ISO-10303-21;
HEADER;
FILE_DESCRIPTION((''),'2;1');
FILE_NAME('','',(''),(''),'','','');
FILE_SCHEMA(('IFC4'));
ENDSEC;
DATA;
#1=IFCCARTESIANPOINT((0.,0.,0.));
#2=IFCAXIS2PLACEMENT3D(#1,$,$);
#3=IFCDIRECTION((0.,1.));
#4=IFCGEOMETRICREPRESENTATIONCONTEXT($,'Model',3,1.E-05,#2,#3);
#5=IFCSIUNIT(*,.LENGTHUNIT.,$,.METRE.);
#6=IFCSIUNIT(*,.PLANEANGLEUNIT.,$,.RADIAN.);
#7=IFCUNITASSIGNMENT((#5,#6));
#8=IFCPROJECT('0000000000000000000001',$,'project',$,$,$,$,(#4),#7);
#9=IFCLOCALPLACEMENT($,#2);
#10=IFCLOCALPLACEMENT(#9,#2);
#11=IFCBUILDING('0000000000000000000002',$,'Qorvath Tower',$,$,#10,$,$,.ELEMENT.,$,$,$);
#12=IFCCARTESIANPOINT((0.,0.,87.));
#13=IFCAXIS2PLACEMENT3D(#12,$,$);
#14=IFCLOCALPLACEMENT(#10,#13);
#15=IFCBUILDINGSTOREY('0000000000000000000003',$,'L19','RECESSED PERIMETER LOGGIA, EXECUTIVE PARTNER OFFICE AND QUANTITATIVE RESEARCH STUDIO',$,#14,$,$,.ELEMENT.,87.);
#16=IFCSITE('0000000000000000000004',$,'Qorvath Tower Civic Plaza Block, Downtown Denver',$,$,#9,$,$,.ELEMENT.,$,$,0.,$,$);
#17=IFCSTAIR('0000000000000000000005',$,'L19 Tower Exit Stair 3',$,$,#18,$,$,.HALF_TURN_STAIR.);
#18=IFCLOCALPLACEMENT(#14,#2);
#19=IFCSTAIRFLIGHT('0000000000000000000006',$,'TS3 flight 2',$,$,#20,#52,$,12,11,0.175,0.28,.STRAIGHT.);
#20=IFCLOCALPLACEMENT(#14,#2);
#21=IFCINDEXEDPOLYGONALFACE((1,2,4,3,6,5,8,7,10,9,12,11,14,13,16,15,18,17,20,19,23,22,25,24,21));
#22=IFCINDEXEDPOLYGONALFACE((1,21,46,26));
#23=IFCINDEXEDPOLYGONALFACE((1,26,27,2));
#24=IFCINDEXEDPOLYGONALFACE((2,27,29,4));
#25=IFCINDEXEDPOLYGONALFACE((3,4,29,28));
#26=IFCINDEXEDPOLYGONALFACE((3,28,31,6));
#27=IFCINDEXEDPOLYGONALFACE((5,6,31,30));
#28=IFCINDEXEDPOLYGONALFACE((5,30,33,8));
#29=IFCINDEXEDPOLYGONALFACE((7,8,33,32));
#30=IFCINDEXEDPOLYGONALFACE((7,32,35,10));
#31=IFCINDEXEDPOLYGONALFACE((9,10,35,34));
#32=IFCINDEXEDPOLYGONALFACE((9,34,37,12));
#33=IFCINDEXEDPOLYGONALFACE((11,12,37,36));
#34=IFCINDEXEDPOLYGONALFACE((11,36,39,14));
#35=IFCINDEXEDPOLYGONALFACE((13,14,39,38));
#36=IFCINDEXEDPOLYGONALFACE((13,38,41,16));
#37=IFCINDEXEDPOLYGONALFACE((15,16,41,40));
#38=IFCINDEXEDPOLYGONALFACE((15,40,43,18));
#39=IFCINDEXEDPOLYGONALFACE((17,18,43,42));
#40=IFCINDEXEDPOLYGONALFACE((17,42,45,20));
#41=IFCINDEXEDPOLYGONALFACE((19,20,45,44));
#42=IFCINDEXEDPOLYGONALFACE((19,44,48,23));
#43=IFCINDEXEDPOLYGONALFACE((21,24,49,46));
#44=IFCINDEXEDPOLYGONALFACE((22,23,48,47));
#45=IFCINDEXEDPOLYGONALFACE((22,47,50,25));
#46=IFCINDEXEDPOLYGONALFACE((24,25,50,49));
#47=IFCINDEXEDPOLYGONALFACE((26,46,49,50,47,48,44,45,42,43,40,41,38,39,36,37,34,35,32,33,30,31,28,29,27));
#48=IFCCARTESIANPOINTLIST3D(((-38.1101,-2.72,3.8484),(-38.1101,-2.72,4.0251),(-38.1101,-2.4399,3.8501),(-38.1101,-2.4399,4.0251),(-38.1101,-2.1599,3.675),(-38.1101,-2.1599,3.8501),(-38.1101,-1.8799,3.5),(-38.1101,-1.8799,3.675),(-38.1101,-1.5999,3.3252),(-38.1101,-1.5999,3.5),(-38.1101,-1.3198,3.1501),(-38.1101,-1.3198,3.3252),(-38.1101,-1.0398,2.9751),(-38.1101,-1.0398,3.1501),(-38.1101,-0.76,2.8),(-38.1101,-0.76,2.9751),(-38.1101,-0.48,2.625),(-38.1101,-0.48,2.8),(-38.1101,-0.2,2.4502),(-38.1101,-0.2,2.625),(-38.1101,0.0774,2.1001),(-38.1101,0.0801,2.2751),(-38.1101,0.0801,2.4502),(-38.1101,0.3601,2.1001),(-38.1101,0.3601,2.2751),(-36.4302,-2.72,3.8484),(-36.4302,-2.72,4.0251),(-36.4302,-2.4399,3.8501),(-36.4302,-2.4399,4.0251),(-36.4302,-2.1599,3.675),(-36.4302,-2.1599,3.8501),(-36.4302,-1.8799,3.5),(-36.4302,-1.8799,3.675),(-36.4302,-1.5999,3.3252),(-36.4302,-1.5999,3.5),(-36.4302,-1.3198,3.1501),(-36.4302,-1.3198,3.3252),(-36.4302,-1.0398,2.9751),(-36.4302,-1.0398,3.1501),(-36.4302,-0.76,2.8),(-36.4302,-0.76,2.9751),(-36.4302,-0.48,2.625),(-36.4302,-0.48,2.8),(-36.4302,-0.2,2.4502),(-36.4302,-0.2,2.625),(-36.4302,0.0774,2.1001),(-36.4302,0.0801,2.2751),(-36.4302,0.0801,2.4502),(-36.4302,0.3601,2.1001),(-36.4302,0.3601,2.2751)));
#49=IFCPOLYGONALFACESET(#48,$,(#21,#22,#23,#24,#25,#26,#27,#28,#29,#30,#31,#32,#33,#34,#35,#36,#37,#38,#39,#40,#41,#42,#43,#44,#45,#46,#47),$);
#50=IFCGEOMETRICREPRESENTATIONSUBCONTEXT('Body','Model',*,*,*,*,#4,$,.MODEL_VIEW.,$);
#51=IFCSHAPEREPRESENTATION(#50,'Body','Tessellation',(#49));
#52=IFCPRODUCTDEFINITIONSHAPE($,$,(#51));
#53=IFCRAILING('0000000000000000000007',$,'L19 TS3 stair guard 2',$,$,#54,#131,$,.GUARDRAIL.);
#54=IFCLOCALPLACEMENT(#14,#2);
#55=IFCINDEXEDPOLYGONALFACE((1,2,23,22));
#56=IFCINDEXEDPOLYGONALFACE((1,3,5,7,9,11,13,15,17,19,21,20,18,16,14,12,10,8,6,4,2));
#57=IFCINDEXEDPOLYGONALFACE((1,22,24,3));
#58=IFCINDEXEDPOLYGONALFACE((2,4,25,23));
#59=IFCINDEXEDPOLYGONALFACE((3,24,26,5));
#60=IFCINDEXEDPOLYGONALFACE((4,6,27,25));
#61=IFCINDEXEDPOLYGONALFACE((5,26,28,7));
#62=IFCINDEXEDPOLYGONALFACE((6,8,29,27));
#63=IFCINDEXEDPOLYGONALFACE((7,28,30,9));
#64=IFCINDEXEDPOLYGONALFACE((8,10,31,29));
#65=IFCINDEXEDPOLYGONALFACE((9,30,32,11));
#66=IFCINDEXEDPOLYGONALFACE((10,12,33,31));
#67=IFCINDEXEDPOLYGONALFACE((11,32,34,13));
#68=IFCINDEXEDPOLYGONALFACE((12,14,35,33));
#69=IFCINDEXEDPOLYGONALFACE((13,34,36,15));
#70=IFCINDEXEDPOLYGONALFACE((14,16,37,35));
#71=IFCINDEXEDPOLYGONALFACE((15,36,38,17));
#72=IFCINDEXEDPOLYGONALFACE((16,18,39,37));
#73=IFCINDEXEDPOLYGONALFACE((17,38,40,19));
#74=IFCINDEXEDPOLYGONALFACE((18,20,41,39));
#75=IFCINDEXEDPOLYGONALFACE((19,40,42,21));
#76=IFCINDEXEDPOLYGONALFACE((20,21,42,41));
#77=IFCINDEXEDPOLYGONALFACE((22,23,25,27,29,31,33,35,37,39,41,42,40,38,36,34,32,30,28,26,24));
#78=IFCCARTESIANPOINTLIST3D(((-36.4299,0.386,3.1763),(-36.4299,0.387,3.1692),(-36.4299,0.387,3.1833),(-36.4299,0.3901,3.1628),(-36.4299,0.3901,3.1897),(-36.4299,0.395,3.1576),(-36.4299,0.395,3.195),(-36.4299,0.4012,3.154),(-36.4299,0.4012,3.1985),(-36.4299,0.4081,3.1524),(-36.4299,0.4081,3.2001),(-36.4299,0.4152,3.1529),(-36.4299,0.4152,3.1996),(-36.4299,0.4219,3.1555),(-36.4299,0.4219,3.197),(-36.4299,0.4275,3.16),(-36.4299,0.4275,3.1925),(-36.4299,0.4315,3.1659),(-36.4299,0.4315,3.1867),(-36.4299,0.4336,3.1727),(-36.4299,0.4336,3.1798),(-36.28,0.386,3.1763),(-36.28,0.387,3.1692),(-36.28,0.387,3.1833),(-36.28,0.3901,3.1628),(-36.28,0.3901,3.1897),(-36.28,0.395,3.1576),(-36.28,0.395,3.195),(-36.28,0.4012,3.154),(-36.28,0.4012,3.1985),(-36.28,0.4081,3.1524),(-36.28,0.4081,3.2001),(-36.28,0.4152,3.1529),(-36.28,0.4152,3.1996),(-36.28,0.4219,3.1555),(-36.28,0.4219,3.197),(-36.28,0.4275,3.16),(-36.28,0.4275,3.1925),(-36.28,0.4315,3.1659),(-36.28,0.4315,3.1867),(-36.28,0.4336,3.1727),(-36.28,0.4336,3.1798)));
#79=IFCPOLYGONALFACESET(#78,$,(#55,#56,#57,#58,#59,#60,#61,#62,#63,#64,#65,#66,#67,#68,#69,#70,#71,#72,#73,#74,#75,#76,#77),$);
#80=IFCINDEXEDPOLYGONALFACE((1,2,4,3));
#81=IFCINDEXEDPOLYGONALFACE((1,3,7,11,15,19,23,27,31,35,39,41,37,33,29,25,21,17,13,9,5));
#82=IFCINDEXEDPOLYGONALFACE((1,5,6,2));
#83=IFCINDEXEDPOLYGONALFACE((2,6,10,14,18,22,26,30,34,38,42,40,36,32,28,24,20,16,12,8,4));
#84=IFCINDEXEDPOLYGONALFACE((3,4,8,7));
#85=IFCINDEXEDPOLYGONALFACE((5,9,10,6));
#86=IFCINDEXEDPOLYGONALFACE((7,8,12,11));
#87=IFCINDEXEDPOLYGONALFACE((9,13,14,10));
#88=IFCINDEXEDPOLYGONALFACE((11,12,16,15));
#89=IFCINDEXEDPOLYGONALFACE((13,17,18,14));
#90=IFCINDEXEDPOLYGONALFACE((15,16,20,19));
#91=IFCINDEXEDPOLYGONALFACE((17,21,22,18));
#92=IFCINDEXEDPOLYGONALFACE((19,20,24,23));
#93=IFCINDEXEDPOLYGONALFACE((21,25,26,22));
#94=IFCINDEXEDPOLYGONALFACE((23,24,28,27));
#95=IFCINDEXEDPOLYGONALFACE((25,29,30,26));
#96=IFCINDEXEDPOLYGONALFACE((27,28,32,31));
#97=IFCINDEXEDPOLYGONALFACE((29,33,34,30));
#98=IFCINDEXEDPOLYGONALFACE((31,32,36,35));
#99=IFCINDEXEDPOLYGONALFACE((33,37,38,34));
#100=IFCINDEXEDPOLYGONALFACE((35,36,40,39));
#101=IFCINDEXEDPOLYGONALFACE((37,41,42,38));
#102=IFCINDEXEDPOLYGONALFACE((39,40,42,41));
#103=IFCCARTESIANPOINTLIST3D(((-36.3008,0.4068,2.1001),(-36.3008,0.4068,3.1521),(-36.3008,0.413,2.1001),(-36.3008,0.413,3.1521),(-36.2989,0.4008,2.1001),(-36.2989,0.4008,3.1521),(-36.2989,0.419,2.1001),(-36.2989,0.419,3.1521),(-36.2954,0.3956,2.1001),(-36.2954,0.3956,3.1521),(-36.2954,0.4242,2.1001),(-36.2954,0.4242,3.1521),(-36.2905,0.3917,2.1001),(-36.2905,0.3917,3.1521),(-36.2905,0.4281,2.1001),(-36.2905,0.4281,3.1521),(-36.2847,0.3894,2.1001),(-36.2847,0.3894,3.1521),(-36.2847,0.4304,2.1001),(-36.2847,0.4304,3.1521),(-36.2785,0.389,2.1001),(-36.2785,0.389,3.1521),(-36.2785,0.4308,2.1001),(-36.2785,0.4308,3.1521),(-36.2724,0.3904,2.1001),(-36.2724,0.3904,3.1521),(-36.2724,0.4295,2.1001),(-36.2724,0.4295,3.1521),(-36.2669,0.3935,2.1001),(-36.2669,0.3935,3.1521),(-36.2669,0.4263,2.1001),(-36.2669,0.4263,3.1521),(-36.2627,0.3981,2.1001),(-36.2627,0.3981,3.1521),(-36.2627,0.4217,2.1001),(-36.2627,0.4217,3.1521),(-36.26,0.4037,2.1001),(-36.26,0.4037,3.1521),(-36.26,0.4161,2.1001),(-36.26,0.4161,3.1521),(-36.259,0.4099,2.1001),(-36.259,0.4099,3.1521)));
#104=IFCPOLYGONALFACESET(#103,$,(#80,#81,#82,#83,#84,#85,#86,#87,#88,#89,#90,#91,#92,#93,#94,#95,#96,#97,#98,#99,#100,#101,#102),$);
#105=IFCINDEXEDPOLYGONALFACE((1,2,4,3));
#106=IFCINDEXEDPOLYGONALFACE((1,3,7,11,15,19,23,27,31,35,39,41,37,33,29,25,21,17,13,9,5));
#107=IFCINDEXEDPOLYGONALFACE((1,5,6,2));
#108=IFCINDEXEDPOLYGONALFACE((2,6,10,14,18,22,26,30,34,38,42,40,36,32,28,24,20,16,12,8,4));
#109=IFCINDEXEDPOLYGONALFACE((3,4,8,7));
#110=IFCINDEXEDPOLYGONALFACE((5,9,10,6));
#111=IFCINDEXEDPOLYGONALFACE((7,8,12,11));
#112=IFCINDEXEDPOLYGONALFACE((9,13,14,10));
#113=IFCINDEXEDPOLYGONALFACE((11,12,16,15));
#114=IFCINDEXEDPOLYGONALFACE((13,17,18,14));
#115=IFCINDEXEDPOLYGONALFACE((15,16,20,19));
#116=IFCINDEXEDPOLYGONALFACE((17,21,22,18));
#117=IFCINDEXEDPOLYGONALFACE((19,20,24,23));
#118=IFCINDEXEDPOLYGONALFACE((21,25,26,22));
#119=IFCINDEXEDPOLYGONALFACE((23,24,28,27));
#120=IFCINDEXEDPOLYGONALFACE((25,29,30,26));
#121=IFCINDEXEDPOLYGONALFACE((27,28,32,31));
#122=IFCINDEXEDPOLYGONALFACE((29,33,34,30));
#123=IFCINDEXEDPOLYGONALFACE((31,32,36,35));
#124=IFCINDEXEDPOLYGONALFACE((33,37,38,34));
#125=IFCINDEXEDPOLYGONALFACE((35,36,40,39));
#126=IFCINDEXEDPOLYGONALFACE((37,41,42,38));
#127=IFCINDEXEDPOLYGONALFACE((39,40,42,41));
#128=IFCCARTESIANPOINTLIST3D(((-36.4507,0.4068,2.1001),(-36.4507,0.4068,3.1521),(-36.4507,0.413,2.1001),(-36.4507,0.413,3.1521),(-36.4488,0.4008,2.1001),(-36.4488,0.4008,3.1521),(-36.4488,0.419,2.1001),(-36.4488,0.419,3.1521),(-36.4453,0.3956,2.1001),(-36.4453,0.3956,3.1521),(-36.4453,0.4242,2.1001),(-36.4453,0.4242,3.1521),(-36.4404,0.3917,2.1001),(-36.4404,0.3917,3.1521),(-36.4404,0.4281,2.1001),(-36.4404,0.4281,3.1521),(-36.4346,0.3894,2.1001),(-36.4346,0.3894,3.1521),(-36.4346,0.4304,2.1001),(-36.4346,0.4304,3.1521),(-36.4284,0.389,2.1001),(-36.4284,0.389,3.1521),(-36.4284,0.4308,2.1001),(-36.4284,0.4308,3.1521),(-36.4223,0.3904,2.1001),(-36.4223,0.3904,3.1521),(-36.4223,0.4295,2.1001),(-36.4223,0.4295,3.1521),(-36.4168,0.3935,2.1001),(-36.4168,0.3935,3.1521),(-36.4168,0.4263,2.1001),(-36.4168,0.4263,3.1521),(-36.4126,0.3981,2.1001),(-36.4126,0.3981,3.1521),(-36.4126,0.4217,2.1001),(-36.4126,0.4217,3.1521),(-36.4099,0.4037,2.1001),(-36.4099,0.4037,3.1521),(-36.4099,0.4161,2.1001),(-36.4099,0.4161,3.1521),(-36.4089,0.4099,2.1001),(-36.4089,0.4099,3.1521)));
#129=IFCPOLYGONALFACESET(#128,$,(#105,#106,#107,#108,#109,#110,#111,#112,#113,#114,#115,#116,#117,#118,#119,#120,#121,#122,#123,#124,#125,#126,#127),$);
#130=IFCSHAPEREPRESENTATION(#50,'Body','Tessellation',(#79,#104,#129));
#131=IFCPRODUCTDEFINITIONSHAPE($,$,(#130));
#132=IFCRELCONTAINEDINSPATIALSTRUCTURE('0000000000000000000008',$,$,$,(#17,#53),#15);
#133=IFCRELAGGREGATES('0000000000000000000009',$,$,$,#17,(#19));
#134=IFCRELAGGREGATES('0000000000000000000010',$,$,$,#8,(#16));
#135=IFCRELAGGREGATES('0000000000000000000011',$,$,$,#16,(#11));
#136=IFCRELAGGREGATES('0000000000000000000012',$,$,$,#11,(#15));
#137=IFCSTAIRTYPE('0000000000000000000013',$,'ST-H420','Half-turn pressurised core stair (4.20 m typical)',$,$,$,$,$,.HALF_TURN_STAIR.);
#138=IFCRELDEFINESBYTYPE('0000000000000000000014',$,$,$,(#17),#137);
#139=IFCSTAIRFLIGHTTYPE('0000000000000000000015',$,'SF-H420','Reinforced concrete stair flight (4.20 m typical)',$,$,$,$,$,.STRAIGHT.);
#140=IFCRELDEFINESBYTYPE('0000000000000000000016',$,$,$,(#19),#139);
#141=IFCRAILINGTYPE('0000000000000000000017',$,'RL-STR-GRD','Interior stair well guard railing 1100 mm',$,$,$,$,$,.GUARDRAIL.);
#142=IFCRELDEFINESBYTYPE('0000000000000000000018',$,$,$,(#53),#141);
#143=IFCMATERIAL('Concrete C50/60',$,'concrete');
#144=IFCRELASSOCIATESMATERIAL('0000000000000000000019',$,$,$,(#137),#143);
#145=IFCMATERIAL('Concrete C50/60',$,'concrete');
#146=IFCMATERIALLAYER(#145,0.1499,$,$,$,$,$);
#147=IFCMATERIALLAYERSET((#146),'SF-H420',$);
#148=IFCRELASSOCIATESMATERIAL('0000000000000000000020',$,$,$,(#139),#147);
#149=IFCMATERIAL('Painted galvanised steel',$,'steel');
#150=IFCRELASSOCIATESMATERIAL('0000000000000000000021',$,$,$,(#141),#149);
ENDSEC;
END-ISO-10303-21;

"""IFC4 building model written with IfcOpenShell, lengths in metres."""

from ifc_helpers import new_model, si_unit, direction, frame, origin, origin_2d, place, context, subcontext, project, spatial, polyline, circle, outline, extrude, material, layer, layer_set, type_object, element, aggregate, save


model = new_model("IFC4")

# Units and contexts
model_context = context("Model", 3, precision=1e-05, world=origin(), true_north=direction((0.0, 1.0)))
body_context = subcontext(model_context, "Body", "Model", "MODEL_VIEW")
ifc_project = project(units=[si_unit("LENGTHUNIT", "METRE"), si_unit("PLANEANGLEUNIT", "RADIAN")], contexts=[model_context])

# Site, building, storey
site_placement = place(None, origin())
site = spatial("IfcSite", under=ifc_project, at=site_placement, Name="Qorvath Tower Civic Plaza Block, Downtown Denver", CompositionType="ELEMENT", RefElevation=0.0)
building_placement = place(site_placement, origin())
building = spatial("IfcBuilding", under=site, at=building_placement, Name="Qorvath Tower", CompositionType="ELEMENT")
storey_placement = place(building_placement, frame((0.0, 0.0, 87.0)))
storey = spatial("IfcBuildingStorey", under=building, at=storey_placement, Name="L19", Description="RECESSED PERIMETER LOGGIA, EXECUTIVE PARTNER OFFICE AND QUANTITATIVE RESEARCH STUDIO", CompositionType="ELEMENT", Elevation=87.0)

# Stair, stair flight
ifc_material_1 = material(Name="Concrete C50/60", Category="concrete")
stair_type = type_object("IfcStairType", Name="ST-H420", Description="Half-turn pressurised core stair (4.20 m typical)", PredefinedType="HALF_TURN_STAIR", material=ifc_material_1)
stair_placement = place(storey_placement, origin())
stair = element("IfcStair", 1, at=stair_placement, inside=storey, type_object=stair_type, Name="L19 Tower Exit Stair 3", PredefinedType="HALF_TURN_STAIR")
ifc_material_2 = material(Name="Concrete C50/60", Category="concrete")
ifc_layer_1 = layer(ifc_material_2, 0.1499)
ifc_layer_set_1 = layer_set([ifc_layer_1], Name="SF-H420")
stair_flight_type = type_object("IfcStairFlightType", Name="SF-H420", Description="Reinforced concrete stair flight (4.20 m typical)", PredefinedType="STRAIGHT", material=ifc_layer_set_1)
stair_flight_placement = place(storey_placement, frame((-37.27, 0.3601, 2.1001), z_axis=(0.0, 0.0, 1.0), x_axis=(0.0, -1.0, 0.0)))
stair_flight = element("IfcStairFlight", 2, at=stair_flight_placement, type_object=stair_flight_type, Name="TS3 flight 2", NumberOfRisers=12, NumberOfTreads=11, PredefinedType="STRAIGHT", RiserHeight=0.175, TreadLength=0.28, context=body_context, shape_type="SweptSolid", body=[
    extrude(outline(polyline([(0.0, 0.0), (0.0, 0.175), (0.28, 0.175), (0.28, 0.3501), (0.5601, 0.3501), (0.5601, 0.5249), (0.8401, 0.5249), (0.8401, 0.7), (1.1201, 0.7), (1.1201, 0.875), (1.3999, 0.875), (1.3999, 1.05), (1.6799, 1.05), (1.6799, 1.2251), (1.96, 1.2251), (1.96, 1.3999), (2.24, 1.3999), (2.24, 1.575), (2.52, 1.575), (2.52, 1.75), (2.8, 1.75), (2.8, 1.925), (3.0801, 1.925), (3.0801, 2.1001), (3.0801, 1.7483), (0.2827, 0.0), (0.0, 0.0)])), frame((0.0, 0.8398, 0.0), z_axis=(0.0, -1.0, 0.0), x_axis=(1.0, 0.0, 0.0)), (0.0, 0.0, 1.0), 1.6799),
])
aggregate(stair, [stair_flight])

# Railing
ifc_material_3 = material(Name="Painted galvanised steel", Category="steel")
railing_type_1 = type_object("IfcRailingType", Name="RL-STR-GRD", Description="Interior stair well guard railing 1100 mm", PredefinedType="GUARDRAIL", material=ifc_material_3)
railing_1_placement = place(storey_placement, frame((-36.28, 0.4099, 2.1001)))
element("IfcRailing", 3, at=railing_1_placement, inside=storey, type_object=railing_type_1, Name="L19 TS3 stair guard 2", PredefinedType="GUARDRAIL", context=body_context, shape_type="SweptSolid", body=[
    extrude(circle(Radius=0.0239, at=origin_2d()), frame((0.0, 0.0, 1.0762), z_axis=(-1.0, 0.0, 0.0), x_axis=(0.0, -1.0, 0.0)), (0.0, 0.0, 1.0), 0.1499),
    extrude(circle(Radius=0.021, at=origin_2d()), origin(), (0.0, 0.0, 1.0), 1.052),
    extrude(circle(Radius=0.021, at=origin_2d()), frame((-0.1499, 0.0, 0.0)), (0.0, 0.0, 1.0), 1.052),
])

save(model, "model.ifc")
